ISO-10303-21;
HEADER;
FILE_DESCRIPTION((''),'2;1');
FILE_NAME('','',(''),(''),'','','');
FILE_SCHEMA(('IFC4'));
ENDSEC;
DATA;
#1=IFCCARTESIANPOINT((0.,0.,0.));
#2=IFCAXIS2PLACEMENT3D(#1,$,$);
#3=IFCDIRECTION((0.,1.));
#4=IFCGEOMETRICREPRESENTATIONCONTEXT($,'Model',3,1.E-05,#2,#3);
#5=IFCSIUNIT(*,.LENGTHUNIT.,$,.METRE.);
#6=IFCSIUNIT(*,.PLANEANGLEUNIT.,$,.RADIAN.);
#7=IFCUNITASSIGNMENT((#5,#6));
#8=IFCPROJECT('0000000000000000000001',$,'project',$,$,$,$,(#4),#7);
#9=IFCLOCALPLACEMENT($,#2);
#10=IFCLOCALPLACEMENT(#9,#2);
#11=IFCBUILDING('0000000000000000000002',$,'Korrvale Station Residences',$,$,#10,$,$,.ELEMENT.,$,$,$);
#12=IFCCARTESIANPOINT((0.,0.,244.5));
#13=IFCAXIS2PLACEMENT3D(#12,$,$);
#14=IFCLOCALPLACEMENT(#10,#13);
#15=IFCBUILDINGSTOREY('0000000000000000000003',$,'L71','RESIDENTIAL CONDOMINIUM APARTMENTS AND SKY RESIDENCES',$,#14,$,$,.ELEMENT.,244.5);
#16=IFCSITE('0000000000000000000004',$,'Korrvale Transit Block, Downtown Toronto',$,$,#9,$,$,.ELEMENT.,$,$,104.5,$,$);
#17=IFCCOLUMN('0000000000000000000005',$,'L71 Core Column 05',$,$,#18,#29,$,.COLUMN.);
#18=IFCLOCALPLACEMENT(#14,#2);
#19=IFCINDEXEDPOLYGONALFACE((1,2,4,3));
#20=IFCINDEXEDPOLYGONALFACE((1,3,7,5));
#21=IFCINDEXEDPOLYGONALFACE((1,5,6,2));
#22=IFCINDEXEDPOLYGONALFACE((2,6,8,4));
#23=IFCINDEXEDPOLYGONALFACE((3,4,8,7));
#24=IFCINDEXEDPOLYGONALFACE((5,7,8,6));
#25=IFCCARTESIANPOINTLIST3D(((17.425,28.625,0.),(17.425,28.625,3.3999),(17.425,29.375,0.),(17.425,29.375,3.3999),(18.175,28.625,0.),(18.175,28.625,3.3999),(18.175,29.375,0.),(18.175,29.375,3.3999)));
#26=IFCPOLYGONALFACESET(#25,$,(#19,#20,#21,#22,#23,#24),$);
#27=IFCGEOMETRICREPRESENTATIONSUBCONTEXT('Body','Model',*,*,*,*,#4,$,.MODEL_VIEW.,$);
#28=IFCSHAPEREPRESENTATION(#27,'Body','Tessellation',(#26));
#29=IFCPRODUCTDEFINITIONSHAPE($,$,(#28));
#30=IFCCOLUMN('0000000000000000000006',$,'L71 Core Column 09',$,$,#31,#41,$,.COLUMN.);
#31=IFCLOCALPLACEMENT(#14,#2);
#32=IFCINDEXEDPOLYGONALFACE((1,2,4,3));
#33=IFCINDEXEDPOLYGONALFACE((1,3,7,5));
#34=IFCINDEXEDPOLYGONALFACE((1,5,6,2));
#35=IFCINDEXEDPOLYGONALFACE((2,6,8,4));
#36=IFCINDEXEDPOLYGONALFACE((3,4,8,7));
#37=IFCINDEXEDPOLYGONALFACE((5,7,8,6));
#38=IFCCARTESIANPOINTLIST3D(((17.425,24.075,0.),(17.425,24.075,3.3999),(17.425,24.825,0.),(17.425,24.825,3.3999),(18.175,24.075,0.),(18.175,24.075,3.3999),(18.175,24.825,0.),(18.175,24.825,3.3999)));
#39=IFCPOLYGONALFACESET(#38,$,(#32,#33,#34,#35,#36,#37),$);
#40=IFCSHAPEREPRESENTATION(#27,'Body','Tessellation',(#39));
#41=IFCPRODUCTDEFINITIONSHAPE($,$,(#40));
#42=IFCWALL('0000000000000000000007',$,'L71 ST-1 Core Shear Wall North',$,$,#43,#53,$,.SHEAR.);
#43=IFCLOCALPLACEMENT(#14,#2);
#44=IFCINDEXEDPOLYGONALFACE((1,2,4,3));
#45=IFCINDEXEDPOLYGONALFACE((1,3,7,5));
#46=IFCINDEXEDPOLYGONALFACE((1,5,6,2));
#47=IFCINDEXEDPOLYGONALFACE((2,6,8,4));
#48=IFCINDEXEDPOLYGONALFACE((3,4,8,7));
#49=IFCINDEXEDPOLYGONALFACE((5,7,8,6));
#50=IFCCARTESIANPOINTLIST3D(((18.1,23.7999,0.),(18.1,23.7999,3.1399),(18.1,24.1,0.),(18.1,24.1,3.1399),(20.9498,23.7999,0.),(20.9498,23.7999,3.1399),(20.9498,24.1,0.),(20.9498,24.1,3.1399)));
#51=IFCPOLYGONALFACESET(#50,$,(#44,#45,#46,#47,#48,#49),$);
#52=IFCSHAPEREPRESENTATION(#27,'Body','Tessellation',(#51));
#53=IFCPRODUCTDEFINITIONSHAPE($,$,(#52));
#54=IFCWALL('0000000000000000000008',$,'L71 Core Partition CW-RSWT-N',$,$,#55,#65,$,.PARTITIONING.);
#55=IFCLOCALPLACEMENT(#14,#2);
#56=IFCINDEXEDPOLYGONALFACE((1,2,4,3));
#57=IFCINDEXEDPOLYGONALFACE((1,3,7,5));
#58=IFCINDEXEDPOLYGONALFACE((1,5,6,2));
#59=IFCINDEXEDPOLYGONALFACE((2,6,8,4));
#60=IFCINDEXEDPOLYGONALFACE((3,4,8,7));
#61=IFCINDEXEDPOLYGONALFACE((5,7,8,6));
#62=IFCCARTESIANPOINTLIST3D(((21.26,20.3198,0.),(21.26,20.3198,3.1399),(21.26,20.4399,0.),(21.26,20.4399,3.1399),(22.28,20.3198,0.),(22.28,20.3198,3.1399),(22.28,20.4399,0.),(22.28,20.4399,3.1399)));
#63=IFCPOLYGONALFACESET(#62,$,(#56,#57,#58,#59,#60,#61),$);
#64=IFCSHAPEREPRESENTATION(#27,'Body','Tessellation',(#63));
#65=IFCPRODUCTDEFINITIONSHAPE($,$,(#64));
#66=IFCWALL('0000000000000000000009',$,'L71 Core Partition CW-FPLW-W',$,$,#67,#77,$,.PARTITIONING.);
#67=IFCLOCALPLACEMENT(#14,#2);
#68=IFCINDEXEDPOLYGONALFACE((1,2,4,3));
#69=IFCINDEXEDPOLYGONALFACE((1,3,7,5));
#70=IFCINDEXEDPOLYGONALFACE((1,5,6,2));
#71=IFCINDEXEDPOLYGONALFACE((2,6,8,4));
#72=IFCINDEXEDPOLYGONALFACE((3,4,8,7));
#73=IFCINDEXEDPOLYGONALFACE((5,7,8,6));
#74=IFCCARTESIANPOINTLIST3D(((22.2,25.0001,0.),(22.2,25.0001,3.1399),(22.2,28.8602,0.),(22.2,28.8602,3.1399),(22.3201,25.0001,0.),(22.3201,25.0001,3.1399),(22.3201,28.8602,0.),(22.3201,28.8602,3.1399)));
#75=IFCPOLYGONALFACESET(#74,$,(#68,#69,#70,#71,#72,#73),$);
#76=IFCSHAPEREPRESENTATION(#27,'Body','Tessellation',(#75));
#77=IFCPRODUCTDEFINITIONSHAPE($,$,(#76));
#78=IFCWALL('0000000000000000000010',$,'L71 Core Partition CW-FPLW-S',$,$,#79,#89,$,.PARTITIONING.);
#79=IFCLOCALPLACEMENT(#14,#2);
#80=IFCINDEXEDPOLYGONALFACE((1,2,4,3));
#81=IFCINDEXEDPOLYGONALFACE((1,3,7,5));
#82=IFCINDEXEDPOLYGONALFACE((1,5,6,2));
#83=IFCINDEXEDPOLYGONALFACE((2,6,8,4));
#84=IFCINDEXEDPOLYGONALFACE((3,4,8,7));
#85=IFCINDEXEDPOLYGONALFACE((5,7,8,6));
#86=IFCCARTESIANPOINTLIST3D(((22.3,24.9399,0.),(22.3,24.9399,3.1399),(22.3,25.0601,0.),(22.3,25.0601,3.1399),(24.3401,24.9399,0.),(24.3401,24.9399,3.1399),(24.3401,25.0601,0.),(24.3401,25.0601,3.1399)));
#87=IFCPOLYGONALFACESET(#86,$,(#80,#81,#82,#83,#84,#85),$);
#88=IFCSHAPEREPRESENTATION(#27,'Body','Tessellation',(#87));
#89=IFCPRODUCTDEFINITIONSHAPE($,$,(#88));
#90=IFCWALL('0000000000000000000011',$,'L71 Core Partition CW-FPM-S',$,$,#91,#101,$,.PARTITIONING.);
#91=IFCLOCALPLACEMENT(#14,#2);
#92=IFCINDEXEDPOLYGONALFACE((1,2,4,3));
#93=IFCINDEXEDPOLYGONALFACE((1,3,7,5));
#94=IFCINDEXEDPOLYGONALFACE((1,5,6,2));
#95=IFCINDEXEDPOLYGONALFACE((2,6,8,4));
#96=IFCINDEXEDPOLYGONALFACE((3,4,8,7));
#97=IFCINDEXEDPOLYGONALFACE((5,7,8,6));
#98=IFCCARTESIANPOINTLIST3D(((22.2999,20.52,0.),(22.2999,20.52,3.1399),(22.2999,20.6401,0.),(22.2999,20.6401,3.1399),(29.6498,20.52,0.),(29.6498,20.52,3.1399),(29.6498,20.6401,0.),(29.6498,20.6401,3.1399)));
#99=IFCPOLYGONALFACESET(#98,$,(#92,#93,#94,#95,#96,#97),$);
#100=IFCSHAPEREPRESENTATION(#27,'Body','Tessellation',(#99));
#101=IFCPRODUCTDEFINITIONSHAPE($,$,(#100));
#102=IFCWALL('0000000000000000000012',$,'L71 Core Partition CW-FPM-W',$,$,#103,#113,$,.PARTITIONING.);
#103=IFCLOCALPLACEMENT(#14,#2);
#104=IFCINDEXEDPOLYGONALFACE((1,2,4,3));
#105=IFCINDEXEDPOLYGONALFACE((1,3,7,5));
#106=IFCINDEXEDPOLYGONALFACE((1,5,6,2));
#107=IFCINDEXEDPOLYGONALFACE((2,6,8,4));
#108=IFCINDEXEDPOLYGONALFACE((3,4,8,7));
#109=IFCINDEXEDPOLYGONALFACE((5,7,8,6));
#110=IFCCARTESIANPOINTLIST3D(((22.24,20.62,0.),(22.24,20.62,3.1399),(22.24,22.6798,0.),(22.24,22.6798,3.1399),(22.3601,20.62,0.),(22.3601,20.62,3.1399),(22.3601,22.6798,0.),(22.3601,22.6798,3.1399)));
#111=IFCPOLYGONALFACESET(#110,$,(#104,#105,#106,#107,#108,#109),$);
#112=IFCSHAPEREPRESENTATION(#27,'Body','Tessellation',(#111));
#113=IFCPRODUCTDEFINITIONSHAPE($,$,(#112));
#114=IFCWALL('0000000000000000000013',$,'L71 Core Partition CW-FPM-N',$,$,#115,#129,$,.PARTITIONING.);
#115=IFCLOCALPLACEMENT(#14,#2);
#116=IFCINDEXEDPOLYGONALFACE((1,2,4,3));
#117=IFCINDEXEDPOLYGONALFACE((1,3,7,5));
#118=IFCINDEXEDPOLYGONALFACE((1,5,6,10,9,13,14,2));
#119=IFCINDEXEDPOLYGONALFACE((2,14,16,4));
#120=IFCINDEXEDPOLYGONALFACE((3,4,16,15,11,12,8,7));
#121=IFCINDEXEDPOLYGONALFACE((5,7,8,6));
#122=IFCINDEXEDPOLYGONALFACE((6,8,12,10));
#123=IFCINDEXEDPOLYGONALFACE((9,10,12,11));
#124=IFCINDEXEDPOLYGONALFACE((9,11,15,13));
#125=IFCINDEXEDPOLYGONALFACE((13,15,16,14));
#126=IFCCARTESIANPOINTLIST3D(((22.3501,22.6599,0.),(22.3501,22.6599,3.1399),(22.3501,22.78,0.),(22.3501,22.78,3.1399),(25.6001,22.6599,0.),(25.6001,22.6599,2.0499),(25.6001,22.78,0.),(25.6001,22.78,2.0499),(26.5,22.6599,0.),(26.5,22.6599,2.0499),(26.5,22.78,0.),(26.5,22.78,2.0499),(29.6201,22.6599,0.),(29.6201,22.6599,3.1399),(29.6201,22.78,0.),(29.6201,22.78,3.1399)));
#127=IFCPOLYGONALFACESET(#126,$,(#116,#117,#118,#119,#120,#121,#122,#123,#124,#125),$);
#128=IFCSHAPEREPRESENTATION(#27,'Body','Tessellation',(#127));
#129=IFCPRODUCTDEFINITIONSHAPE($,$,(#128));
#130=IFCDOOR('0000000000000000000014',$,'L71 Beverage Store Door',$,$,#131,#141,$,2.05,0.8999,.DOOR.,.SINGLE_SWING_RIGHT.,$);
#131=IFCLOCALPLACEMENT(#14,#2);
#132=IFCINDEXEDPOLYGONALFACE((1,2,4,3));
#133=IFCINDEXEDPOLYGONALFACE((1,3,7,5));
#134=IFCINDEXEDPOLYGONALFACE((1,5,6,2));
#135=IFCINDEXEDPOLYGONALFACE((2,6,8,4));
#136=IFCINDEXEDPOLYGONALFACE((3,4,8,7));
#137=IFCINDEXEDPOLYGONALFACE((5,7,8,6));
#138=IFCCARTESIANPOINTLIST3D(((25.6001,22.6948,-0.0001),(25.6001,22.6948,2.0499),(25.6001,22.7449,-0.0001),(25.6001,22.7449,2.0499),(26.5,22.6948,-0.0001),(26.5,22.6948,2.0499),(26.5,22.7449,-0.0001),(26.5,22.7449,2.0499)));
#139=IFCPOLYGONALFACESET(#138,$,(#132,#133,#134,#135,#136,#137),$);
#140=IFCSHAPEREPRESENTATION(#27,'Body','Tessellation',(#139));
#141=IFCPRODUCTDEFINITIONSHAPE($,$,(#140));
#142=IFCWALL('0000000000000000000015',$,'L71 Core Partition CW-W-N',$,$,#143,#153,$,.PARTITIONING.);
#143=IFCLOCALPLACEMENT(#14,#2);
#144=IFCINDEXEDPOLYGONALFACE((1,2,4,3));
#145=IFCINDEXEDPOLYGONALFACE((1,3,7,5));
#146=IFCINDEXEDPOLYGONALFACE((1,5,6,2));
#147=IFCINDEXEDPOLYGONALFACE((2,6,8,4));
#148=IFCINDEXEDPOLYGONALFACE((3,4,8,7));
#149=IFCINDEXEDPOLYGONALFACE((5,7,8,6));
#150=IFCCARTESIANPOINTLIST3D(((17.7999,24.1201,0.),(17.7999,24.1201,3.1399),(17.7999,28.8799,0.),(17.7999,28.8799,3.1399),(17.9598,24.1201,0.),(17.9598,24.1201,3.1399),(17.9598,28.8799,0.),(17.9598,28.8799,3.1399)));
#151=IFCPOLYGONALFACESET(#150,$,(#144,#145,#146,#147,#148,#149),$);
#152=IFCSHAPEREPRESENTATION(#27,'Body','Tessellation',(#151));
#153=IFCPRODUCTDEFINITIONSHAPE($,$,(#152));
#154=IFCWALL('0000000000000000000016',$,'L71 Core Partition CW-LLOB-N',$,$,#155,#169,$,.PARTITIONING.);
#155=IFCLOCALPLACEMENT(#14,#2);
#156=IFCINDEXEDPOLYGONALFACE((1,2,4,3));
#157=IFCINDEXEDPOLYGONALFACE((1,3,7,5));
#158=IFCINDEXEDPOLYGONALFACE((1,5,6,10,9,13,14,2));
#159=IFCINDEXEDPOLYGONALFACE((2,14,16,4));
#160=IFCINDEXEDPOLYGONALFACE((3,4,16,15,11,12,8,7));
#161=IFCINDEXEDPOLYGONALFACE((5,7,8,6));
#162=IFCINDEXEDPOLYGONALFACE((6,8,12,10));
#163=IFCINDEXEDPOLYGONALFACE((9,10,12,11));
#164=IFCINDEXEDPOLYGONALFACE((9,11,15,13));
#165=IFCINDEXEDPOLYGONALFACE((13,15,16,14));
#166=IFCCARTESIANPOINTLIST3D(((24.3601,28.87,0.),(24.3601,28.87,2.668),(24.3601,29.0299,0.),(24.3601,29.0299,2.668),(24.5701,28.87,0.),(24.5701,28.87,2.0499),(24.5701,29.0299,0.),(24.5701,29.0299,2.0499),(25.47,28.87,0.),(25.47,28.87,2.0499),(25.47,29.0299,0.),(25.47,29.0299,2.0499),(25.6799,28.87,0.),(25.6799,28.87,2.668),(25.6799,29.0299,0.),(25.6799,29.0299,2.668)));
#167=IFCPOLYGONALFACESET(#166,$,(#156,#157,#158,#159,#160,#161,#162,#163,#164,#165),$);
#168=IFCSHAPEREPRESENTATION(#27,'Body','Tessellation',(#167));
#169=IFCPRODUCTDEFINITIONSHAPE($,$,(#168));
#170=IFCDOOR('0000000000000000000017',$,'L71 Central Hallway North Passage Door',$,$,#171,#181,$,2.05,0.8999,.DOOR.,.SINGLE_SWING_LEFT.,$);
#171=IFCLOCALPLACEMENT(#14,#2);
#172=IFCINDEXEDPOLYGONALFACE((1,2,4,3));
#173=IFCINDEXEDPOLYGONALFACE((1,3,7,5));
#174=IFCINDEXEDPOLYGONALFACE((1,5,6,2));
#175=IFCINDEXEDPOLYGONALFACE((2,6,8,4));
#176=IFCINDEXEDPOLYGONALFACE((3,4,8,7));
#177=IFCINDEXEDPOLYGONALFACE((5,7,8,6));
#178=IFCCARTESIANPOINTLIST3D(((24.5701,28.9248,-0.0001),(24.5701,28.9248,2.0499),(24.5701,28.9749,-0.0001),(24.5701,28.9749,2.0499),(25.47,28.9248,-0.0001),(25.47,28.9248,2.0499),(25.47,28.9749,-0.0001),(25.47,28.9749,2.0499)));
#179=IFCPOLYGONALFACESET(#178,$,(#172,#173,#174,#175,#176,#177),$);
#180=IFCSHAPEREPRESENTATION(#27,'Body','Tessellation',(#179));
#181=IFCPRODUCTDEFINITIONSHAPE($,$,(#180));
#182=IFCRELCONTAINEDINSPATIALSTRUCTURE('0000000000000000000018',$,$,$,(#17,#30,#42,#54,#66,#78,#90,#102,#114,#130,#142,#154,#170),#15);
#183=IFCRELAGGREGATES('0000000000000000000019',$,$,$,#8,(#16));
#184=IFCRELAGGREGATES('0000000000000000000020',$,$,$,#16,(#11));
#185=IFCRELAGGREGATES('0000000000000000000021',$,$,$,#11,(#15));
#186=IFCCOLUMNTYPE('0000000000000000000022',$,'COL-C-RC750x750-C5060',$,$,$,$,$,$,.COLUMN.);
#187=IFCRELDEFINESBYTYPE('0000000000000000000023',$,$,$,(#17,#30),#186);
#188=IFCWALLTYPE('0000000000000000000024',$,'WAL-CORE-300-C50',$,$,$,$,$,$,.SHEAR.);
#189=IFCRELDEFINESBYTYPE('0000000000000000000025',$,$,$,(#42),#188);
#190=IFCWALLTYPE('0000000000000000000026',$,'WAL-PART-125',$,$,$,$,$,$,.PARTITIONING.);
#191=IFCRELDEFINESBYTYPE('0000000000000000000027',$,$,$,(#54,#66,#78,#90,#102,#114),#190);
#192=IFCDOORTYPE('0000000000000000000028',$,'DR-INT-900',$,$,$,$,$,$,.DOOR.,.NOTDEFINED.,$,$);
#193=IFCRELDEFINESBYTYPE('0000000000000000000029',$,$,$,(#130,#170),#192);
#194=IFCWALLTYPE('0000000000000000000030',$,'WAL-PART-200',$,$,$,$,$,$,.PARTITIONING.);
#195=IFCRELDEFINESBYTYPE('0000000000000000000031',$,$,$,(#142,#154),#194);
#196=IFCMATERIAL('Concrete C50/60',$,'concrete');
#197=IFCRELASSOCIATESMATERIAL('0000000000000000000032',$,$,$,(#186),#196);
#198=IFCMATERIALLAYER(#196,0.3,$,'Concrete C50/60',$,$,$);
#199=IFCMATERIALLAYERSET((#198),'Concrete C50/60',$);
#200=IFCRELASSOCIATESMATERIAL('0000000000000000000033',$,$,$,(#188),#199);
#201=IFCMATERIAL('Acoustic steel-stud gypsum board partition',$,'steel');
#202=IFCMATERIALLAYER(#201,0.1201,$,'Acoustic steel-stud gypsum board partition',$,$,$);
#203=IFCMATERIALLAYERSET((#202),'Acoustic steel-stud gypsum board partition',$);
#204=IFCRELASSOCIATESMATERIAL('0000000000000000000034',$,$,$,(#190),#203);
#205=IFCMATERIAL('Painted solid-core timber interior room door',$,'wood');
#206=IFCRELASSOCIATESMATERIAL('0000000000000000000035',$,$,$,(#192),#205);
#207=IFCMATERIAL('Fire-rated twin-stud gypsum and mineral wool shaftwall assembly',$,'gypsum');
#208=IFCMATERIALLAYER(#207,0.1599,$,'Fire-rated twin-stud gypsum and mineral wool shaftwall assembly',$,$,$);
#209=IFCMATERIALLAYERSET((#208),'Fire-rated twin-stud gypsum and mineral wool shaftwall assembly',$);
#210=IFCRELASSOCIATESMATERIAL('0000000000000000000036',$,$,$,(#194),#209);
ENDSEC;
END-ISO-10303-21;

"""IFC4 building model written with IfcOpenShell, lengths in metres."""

from ifc_helpers import new_model, si_unit, direction, frame, frame_2d, origin, origin_2d, place, context, subcontext, project, spatial, rectangle, extrude, material, layer, layer_set, material_profile, profile_set, type_object, element, fill, save


model = new_model("IFC4")

# Units and contexts
model_context = context("Model", 3, precision=1e-05, world=origin(), true_north=direction((0.0, 1.0)))
body_context = subcontext(model_context, "Body", "Model", "MODEL_VIEW")
ifc_project = project(units=[si_unit("LENGTHUNIT", "METRE"), si_unit("PLANEANGLEUNIT", "RADIAN")], contexts=[model_context])

# Site, building, storey
site_placement = place(None, origin())
site = spatial("IfcSite", under=ifc_project, at=site_placement, Name="Korrvale Transit Block, Downtown Toronto", CompositionType="ELEMENT", RefElevation=104.5)
building_placement = place(site_placement, origin())
building = spatial("IfcBuilding", under=site, at=building_placement, Name="Korrvale Station Residences", CompositionType="ELEMENT")
storey_placement = place(building_placement, frame((0.0, 0.0, 244.5)))
storey = spatial("IfcBuildingStorey", under=building, at=storey_placement, Name="L71", Description="RESIDENTIAL CONDOMINIUM APARTMENTS AND SKY RESIDENCES", CompositionType="ELEMENT", Elevation=244.5)

# Columns
ifc_material_1 = material(Name="Concrete C50/60", Category="concrete")
ifc_material_profile = material_profile(ifc_material_1, rectangle(XDim=0.75, YDim=0.75, at=origin_2d()), Name="RC750x750")
ifc_profile_set = profile_set([ifc_material_profile], Name="Concrete C50/60")
column_type = type_object("IfcColumnType", Name="COL-C-RC750x750-C5060", PredefinedType="COLUMN", material=ifc_profile_set)
for number, where, z_axis, x_axis, name in (
    (1, (17.8, 29.0, 0.0), (0.0, 0.0, 1.0), (1.0, 0.0, 0.0), "L71 Core Column 05"),
    (2, (17.8, 24.45, 0.0), (0.0, 0.0, 1.0), (1.0, 0.0, 0.0), "L71 Core Column 09"),
):
    element("IfcColumn", number, at=place(storey_placement, frame(where, z_axis=z_axis, x_axis=x_axis)), inside=storey, type_object=column_type, Name=name, PredefinedType="COLUMN", context=body_context, shape_type="SweptSolid", body=[
        extrude(rectangle(XDim=0.75, YDim=0.75, at=origin_2d()), origin(), (0.0, 0.0, 1.0), 3.3999),
    ])

# Walls
ifc_layer_1 = layer(ifc_material_1, 0.3, Name="Concrete C50/60")
ifc_layer_set_1 = layer_set([ifc_layer_1], Name="Concrete C50/60")
wall_type_1 = type_object("IfcWallType", Name="WAL-CORE-300-C50", PredefinedType="SHEAR", material=ifc_layer_set_1)
wall_1_placement = place(storey_placement, frame((18.1001, 23.95, 0.0), z_axis=(0.0, 0.0, 1.0), x_axis=(1.0, 0.0, 0.0)))
element("IfcWall", 3, at=wall_1_placement, inside=storey, type_object=wall_type_1, Name="L71 ST-1 Core Shear Wall North", PredefinedType="SHEAR", context=body_context, shape_type="SweptSolid", body=[
    extrude(rectangle(XDim=2.8499, YDim=0.3, at=frame_2d((1.4248, 0.0))), origin(), (0.0, 0.0, 1.0), 3.1399),
])
ifc_material_2 = material(Name="Acoustic steel-stud gypsum board partition", Category="steel")
ifc_layer_2 = layer(ifc_material_2, 0.1201, Name="Acoustic steel-stud gypsum board partition")
ifc_layer_set_2 = layer_set([ifc_layer_2], Name="Acoustic steel-stud gypsum board partition")
wall_type_2 = type_object("IfcWallType", Name="WAL-PART-125", PredefinedType="PARTITIONING", material=ifc_layer_set_2)
wall_2_placement = place(storey_placement, frame((22.28, 20.3799, 0.0), z_axis=(0.0, 0.0, 1.0), x_axis=(-1.0, 0.0, 0.0)))
element("IfcWall", 4, at=wall_2_placement, inside=storey, type_object=wall_type_2, Name="L71 Core Partition CW-RSWT-N", PredefinedType="PARTITIONING", context=body_context, shape_type="SweptSolid", body=[
    extrude(rectangle(XDim=1.02, YDim=0.1201, at=frame_2d((0.51, 0.0))), origin(), (0.0, 0.0, 1.0), 3.1399),
])
wall_3_placement = place(storey_placement, frame((22.26, 25.0, 0.0), z_axis=(0.0, 0.0, 1.0), x_axis=(0.0, 1.0, 0.0)))
element("IfcWall", 5, at=wall_3_placement, inside=storey, type_object=wall_type_2, Name="L71 Core Partition CW-FPLW-W", PredefinedType="PARTITIONING", context=body_context, shape_type="SweptSolid", body=[
    extrude(rectangle(XDim=3.8601, YDim=0.1201, at=frame_2d((1.9302, 0.0))), origin(), (0.0, 0.0, 1.0), 3.1399),
])
wall_4_placement = place(storey_placement, frame((22.3, 25.0, 0.0), z_axis=(0.0, 0.0, 1.0), x_axis=(1.0, 0.0, 0.0)))
element("IfcWall", 6, at=wall_4_placement, inside=storey, type_object=wall_type_2, Name="L71 Core Partition CW-FPLW-S", PredefinedType="PARTITIONING", context=body_context, shape_type="SweptSolid", body=[
    extrude(rectangle(XDim=2.04, YDim=0.1201, at=frame_2d((1.02, 0.0))), origin(), (0.0, 0.0, 1.0), 3.1399),
])
wall_5_placement = place(storey_placement, frame((22.3, 20.5801, 0.0), z_axis=(0.0, 0.0, 1.0), x_axis=(1.0, 0.0, 0.0)))
element("IfcWall", 7, at=wall_5_placement, inside=storey, type_object=wall_type_2, Name="L71 Core Partition CW-FPM-S", PredefinedType="PARTITIONING", context=body_context, shape_type="SweptSolid", body=[
    extrude(rectangle(XDim=7.3499, YDim=0.1201, at=frame_2d((3.6748, 0.0))), origin(), (0.0, 0.0, 1.0), 3.1399),
])
wall_6_placement = place(storey_placement, frame((22.3, 20.6201, 0.0), z_axis=(0.0, 0.0, 1.0), x_axis=(0.0, 1.0, 0.0)))
element("IfcWall", 8, at=wall_6_placement, inside=storey, type_object=wall_type_2, Name="L71 Core Partition CW-FPM-W", PredefinedType="PARTITIONING", context=body_context, shape_type="SweptSolid", body=[
    extrude(rectangle(XDim=2.0598, YDim=0.1201, at=frame_2d((1.0298, 0.0))), origin(), (0.0, 0.0, 1.0), 3.1399),
])

# Wall, opening, door
wall_7_placement = place(storey_placement, frame((22.3501, 22.72, 0.0), z_axis=(0.0, 0.0, 1.0), x_axis=(1.0, 0.0, 0.0)))
wall_7 = element("IfcWall", 9, at=wall_7_placement, inside=storey, type_object=wall_type_2, Name="L71 Core Partition CW-FPM-N", PredefinedType="PARTITIONING", context=body_context, shape_type="SweptSolid", body=[
    extrude(rectangle(XDim=7.27, YDim=0.1201, at=frame_2d((3.635, 0.0))), origin(), (0.0, 0.0, 1.0), 3.1399),
])
opening_1_placement = place(wall_7_placement, frame((3.25, 0.0, 0.0)))
opening_1 = element("IfcOpeningElement", 10, at=opening_1_placement, cuts=wall_7, PredefinedType="OPENING", context=body_context, shape_type="SweptSolid", body=[
    extrude(rectangle(XDim=0.8999, YDim=2.05, at=frame_2d((0.45, 1.0249))), frame((0.0, 0.0701, 0.0), z_axis=(0.0, -1.0, 0.0), x_axis=(1.0, 0.0, 0.0)), (0.0, 0.0, 1.0), 0.1401),
])
ifc_material_3 = material(Name="Painted solid-core timber interior room door", Category="wood")
door_type_1 = type_object("IfcDoorType", Name="DR-INT-900", OperationType="NOTDEFINED", PredefinedType="DOOR", material=ifc_material_3)
door_1_placement = place(opening_1_placement, origin())
door_1 = element("IfcDoor", 11, at=door_1_placement, inside=storey, type_object=door_type_1, Name="L71 Beverage Store Door", OperationType="SINGLE_SWING_RIGHT", OverallHeight=2.05, OverallWidth=0.8999, PredefinedType="DOOR", context=body_context, shape_type="SweptSolid", body=[
    extrude(rectangle(XDim=0.8999, YDim=2.05, at=frame_2d((0.45, 1.0249))), frame((0.0, 0.0249, 0.0), z_axis=(0.0, -1.0, 0.0), x_axis=(1.0, 0.0, 0.0)), (0.0, 0.0, 1.0), 0.05),
])
fill(opening_1, door_1)

# Wall
ifc_material_4 = material(Name="Fire-rated twin-stud gypsum and mineral wool shaftwall assembly", Category="gypsum")
ifc_layer_3 = layer(ifc_material_4, 0.1599, Name="Fire-rated twin-stud gypsum and mineral wool shaftwall assembly")
ifc_layer_set_3 = layer_set([ifc_layer_3], Name="Fire-rated twin-stud gypsum and mineral wool shaftwall assembly")
wall_type_3 = type_object("IfcWallType", Name="WAL-PART-200", PredefinedType="PARTITIONING", material=ifc_layer_set_3)
wall_8_placement = place(storey_placement, frame((17.8799, 24.1201, 0.0), z_axis=(0.0, 0.0, 1.0), x_axis=(0.0, 1.0, 0.0)))
element("IfcWall", 12, at=wall_8_placement, inside=storey, type_object=wall_type_3, Name="L71 Core Partition CW-W-N", PredefinedType="PARTITIONING", context=body_context, shape_type="SweptSolid", body=[
    extrude(rectangle(XDim=4.7598, YDim=0.1599, at=frame_2d((2.3799, 0.0))), origin(), (0.0, 0.0, 1.0), 3.1399),
])

# Wall, opening, door
wall_9_placement = place(storey_placement, frame((24.3601, 28.95, 0.0), z_axis=(0.0, 0.0, 1.0), x_axis=(1.0, 0.0, 0.0)))
wall_9 = element("IfcWall", 13, at=wall_9_placement, inside=storey, type_object=wall_type_3, Name="L71 Core Partition CW-LLOB-N", PredefinedType="PARTITIONING", context=body_context, shape_type="SweptSolid", body=[
    extrude(rectangle(XDim=1.3198, YDim=0.1599, at=frame_2d((0.6599, 0.0))), origin(), (0.0, 0.0, 1.0), 2.668),
])
opening_2_placement = place(wall_9_placement, frame((0.21, 0.0, 0.0)))
opening_2 = element("IfcOpeningElement", 14, at=opening_2_placement, cuts=wall_9, PredefinedType="OPENING", context=body_context, shape_type="SweptSolid", body=[
    extrude(rectangle(XDim=0.8999, YDim=2.05, at=frame_2d((0.45, 1.0249))), frame((0.0, 0.0898, 0.0), z_axis=(0.0, -1.0, 0.0), x_axis=(1.0, 0.0, 0.0)), (0.0, 0.0, 1.0), 0.1799),
])
door_2_placement = place(opening_2_placement, origin())
door_2 = element("IfcDoor", 15, at=door_2_placement, inside=storey, type_object=door_type_1, Name="L71 Central Hallway North Passage Door", OperationType="SINGLE_SWING_LEFT", OverallHeight=2.05, OverallWidth=0.8999, PredefinedType="DOOR", context=body_context, shape_type="SweptSolid", body=[
    extrude(rectangle(XDim=0.8999, YDim=2.05, at=frame_2d((0.45, 1.0249))), frame((0.0, 0.0249, 0.0), z_axis=(0.0, -1.0, 0.0), x_axis=(1.0, 0.0, 0.0)), (0.0, 0.0, 1.0), 0.05),
])
fill(opening_2, door_2)

save(model, "model.ifc")
